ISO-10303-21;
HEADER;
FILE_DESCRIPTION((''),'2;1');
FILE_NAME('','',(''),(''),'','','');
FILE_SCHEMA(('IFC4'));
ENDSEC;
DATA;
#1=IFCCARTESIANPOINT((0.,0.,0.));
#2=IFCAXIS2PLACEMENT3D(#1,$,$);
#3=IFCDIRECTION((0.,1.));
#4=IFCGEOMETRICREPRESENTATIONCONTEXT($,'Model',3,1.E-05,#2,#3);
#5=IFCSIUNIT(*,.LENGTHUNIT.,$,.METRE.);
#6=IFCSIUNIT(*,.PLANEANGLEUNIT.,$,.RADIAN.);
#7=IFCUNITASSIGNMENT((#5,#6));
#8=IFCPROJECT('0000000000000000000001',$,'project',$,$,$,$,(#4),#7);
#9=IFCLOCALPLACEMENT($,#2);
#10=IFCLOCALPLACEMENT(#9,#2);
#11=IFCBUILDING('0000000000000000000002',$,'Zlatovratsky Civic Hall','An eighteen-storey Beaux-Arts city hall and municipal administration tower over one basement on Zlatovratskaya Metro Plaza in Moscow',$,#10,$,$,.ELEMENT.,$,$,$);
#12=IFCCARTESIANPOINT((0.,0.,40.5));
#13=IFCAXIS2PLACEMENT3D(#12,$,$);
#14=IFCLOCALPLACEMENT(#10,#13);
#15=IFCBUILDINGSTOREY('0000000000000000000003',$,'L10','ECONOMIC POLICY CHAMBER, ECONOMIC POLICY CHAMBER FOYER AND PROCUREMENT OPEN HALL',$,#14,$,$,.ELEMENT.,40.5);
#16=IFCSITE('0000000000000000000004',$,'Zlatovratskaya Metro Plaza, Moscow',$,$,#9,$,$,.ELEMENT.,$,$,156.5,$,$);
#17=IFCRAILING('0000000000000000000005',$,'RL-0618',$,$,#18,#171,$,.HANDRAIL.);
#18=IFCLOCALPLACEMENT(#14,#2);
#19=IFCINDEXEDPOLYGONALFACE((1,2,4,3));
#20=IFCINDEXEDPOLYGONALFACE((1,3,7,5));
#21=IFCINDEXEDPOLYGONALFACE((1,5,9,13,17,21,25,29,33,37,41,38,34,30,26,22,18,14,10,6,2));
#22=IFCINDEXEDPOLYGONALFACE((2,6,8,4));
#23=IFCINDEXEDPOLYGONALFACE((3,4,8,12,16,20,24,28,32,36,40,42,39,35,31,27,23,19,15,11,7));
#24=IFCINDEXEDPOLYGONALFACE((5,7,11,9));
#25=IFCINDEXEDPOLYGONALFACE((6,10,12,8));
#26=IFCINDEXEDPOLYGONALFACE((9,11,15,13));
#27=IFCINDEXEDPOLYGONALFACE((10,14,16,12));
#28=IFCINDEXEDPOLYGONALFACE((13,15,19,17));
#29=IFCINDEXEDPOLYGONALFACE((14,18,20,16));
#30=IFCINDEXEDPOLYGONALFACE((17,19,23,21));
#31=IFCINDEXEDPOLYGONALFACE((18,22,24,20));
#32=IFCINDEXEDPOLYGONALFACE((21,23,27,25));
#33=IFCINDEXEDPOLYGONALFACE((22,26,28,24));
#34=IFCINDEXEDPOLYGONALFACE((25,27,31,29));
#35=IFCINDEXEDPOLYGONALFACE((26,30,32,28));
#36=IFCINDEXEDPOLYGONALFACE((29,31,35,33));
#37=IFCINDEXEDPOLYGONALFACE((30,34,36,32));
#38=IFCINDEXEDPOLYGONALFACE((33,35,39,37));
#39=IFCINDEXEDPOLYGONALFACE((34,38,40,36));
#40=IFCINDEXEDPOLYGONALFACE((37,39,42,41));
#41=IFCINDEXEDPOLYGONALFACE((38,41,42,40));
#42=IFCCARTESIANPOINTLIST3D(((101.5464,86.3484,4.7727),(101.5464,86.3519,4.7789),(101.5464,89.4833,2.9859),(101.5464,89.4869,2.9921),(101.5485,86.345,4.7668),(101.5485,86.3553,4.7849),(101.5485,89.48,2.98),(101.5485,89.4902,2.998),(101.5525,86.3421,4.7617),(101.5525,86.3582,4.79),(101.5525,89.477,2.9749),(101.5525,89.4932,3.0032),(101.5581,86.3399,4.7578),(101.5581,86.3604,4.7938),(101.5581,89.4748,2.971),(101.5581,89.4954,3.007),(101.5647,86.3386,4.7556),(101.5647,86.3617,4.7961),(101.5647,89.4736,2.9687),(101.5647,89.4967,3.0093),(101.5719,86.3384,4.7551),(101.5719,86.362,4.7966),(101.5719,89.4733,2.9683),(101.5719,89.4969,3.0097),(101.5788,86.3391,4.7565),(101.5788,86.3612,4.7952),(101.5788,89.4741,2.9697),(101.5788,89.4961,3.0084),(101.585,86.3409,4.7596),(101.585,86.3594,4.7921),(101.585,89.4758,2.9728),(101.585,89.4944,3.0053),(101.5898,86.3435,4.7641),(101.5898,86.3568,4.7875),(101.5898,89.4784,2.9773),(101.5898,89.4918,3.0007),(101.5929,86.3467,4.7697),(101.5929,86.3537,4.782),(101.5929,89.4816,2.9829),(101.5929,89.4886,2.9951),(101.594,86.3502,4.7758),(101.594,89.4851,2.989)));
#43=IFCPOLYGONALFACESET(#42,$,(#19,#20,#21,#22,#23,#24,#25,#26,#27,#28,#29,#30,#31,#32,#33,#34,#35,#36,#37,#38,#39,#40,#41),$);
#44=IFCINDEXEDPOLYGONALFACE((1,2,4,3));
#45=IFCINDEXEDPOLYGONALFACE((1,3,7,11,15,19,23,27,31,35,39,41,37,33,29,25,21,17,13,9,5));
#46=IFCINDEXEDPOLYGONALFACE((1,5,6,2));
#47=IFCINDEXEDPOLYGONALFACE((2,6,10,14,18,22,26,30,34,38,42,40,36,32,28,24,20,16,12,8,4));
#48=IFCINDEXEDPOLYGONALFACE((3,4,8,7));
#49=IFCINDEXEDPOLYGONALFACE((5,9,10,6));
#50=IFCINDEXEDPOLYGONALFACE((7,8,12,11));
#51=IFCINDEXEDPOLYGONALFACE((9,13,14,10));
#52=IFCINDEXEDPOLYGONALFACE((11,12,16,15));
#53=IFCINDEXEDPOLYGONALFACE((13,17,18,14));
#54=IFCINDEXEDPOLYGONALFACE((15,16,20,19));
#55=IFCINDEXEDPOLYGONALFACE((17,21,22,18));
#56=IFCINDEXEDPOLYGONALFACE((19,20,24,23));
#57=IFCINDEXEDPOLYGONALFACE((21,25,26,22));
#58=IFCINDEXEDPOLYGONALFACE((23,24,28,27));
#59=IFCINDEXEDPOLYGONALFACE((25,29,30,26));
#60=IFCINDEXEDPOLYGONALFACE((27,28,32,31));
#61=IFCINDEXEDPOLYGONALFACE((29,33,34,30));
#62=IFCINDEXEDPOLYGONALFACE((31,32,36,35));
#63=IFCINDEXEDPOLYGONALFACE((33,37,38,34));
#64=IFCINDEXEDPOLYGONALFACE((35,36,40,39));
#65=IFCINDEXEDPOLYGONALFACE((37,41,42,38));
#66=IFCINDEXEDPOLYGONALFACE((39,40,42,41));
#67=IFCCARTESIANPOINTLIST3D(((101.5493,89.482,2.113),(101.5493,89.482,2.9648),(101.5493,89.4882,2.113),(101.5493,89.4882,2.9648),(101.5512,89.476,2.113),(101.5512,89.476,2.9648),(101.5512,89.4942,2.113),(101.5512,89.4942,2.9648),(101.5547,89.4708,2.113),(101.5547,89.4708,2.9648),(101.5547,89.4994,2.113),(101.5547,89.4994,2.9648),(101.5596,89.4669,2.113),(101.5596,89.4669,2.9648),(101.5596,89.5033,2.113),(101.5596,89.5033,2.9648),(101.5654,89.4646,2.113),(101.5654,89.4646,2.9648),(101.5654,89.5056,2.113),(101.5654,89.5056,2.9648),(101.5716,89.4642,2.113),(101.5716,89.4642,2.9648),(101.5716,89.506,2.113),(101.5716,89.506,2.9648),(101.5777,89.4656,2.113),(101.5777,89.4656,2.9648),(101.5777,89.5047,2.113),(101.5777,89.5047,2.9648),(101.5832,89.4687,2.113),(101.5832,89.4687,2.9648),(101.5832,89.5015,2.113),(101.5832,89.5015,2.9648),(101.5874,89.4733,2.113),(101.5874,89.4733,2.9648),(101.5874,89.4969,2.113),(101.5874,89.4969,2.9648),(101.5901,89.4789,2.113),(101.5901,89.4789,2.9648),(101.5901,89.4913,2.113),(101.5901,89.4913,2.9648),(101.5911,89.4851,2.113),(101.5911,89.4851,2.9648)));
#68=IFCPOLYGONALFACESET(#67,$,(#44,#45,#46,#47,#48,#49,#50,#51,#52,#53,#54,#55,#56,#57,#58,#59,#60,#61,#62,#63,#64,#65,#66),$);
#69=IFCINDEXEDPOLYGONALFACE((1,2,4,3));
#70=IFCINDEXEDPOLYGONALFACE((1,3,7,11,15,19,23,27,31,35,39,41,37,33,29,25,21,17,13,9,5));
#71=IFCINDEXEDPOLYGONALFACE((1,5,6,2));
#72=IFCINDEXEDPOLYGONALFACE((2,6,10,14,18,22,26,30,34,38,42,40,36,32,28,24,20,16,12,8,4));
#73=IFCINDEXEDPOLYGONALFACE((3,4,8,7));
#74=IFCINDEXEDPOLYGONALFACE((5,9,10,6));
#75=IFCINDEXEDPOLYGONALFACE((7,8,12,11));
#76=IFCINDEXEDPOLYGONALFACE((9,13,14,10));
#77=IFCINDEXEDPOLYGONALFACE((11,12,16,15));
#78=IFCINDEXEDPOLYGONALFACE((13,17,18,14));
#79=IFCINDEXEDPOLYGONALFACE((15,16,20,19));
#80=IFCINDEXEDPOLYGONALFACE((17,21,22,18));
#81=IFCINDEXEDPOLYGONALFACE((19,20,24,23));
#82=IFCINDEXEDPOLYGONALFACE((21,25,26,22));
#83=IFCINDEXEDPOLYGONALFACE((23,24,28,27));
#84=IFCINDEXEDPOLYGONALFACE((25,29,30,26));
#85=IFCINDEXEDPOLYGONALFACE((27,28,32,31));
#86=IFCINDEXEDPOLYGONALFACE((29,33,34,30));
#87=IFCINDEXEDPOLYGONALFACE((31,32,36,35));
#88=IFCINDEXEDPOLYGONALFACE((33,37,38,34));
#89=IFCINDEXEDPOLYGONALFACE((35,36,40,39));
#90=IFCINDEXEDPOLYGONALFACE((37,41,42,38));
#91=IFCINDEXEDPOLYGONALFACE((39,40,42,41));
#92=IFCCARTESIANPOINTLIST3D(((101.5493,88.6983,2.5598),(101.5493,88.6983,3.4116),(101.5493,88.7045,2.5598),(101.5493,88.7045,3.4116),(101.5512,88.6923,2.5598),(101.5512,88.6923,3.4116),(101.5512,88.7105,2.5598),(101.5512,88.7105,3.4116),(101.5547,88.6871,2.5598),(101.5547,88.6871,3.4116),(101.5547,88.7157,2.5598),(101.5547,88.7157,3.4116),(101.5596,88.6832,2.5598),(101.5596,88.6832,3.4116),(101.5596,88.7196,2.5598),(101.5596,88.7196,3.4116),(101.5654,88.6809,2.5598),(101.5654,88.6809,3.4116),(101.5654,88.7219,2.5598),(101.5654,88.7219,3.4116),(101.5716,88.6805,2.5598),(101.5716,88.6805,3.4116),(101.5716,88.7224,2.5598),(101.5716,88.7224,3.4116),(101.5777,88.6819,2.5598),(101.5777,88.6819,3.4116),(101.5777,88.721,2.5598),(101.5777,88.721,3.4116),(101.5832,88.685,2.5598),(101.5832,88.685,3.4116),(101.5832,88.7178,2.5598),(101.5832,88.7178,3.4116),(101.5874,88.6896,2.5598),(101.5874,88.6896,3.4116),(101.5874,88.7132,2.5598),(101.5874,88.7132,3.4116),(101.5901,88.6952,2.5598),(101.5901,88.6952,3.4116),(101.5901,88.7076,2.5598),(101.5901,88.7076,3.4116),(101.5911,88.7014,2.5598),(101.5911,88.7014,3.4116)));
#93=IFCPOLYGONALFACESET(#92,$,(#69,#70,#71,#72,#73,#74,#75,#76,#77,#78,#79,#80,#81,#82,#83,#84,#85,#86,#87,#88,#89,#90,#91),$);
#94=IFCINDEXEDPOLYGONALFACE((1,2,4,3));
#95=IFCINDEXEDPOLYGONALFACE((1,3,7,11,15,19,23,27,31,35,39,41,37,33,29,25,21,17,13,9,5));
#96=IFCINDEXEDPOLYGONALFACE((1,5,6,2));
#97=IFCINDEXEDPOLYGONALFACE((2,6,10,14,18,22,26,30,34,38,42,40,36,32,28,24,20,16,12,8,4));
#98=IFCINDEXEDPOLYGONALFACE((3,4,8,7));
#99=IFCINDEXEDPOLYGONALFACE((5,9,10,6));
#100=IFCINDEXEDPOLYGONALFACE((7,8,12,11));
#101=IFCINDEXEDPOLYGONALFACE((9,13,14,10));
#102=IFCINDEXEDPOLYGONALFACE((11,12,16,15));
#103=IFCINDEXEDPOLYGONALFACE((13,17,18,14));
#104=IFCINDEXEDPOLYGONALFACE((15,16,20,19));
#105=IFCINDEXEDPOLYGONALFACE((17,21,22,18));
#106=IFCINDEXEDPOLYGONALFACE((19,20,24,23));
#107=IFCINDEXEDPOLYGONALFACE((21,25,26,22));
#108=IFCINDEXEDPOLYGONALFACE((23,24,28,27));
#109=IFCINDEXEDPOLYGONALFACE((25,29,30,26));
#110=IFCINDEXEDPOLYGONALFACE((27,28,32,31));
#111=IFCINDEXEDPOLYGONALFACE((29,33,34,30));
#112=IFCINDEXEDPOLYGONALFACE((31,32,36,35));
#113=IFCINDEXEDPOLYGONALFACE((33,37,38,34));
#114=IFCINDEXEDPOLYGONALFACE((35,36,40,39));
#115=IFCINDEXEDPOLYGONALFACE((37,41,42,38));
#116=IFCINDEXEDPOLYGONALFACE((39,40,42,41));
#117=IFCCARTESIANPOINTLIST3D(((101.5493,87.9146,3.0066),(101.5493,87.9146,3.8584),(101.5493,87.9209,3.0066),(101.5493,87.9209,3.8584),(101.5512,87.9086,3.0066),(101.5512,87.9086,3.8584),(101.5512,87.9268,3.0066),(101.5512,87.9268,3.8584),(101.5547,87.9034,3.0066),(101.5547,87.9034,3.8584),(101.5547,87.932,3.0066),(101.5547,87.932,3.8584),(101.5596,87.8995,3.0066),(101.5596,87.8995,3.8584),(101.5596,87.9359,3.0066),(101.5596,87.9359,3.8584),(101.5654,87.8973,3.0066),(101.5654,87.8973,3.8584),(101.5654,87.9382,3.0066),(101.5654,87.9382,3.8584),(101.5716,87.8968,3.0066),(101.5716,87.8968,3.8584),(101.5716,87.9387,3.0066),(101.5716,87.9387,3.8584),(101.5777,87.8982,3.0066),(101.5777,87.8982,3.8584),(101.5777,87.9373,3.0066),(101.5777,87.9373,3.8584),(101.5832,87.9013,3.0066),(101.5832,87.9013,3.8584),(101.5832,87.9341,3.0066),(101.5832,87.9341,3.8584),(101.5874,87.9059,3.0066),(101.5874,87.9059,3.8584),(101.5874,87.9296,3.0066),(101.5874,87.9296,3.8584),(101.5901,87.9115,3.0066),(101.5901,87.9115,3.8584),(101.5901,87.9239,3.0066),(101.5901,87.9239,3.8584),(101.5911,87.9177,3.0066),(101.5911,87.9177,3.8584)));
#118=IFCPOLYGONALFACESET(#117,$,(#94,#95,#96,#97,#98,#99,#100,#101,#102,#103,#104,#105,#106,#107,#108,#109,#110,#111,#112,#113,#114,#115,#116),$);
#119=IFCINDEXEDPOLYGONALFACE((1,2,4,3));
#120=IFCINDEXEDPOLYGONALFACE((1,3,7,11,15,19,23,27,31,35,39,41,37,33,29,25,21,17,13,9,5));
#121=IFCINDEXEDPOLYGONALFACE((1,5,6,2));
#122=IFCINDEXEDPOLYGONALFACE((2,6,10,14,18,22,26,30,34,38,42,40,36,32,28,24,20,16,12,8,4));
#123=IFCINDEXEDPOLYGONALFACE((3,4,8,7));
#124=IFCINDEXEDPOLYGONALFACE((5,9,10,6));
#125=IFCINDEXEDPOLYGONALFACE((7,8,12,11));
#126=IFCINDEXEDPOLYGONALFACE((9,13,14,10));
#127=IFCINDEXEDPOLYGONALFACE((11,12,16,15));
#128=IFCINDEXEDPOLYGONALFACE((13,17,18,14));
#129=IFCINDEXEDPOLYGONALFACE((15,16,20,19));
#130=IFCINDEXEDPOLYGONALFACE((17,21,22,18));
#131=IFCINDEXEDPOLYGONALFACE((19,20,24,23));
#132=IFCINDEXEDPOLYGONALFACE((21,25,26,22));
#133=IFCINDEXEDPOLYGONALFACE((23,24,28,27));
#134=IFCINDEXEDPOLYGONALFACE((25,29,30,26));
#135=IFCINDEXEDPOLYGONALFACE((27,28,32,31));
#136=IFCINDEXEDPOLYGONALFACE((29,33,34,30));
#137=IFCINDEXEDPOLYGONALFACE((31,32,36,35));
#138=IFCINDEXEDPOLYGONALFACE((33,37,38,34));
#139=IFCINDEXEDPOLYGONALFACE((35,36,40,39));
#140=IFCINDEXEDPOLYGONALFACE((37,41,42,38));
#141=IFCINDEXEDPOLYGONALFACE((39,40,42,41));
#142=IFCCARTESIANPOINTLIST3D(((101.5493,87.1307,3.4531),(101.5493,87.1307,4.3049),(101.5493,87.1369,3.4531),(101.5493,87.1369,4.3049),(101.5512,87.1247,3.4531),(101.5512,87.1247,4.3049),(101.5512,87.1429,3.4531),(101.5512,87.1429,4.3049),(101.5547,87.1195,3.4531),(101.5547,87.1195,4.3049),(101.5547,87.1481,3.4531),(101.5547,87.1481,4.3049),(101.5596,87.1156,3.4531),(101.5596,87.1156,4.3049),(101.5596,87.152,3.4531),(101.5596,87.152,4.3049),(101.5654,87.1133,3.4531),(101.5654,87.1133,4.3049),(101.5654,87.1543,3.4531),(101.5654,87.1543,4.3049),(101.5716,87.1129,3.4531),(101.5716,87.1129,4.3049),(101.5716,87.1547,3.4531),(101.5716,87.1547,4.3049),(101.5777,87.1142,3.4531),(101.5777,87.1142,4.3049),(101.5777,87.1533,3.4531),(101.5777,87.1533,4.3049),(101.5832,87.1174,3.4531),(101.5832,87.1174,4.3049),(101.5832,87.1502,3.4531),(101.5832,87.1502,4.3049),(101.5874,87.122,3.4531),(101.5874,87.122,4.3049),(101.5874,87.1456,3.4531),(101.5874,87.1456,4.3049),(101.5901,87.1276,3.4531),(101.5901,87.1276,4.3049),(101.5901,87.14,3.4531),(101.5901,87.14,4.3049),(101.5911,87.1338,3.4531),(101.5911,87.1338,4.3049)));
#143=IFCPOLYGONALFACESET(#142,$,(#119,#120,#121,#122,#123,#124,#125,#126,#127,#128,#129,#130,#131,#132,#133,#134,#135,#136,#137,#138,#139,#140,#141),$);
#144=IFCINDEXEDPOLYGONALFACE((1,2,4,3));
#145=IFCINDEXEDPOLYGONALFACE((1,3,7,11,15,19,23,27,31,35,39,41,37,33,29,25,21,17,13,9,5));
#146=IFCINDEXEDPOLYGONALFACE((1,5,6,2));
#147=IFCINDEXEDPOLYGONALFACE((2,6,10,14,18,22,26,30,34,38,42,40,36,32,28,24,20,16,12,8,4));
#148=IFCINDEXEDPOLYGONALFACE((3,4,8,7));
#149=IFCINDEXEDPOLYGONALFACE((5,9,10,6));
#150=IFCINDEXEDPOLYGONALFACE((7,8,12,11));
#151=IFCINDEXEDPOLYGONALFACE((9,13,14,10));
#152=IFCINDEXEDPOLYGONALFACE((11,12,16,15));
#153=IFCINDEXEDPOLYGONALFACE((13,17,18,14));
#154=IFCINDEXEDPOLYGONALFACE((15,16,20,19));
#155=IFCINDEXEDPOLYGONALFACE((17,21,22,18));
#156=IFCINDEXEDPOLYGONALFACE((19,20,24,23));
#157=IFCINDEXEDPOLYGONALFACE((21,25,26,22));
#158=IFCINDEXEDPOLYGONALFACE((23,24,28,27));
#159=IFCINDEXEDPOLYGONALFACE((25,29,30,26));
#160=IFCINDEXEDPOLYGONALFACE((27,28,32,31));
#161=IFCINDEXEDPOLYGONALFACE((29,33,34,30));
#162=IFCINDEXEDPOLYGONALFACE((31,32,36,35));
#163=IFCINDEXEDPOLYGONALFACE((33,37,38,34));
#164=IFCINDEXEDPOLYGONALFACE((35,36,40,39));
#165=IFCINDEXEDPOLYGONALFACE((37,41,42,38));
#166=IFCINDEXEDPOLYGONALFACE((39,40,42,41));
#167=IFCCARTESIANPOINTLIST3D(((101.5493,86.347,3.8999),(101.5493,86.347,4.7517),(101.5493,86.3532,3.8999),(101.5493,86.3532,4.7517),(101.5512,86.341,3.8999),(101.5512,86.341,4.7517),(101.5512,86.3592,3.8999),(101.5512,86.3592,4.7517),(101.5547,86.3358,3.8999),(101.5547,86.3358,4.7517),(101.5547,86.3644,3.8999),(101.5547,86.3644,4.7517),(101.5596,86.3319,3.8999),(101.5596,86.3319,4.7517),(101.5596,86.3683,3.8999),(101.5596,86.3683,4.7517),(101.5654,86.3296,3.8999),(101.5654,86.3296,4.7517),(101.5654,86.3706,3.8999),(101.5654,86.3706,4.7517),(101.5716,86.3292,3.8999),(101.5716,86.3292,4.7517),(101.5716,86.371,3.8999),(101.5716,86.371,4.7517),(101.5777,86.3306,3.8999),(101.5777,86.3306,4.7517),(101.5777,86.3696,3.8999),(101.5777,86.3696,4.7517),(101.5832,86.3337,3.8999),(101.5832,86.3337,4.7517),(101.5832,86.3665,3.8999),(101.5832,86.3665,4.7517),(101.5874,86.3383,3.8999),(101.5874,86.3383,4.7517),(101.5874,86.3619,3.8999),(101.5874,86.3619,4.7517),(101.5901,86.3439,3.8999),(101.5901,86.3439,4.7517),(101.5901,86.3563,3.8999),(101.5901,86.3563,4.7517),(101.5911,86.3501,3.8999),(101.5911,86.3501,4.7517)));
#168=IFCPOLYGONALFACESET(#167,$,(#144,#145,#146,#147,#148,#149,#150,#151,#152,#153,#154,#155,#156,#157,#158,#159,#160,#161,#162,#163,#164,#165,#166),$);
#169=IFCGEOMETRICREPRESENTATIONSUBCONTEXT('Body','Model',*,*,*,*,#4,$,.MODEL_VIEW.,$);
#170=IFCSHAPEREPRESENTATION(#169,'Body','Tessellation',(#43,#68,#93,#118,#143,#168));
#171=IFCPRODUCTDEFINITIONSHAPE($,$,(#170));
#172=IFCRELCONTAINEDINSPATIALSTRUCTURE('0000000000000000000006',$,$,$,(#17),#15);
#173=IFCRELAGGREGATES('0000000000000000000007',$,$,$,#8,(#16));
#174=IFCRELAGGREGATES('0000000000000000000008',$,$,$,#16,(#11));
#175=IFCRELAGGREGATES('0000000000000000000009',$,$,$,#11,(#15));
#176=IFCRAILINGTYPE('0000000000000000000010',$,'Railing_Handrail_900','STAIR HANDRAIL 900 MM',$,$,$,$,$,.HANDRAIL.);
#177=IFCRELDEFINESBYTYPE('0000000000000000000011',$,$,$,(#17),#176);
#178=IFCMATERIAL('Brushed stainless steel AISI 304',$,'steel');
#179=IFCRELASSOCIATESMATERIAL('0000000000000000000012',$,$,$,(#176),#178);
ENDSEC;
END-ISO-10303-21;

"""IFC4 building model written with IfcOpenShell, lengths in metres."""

from ifc_helpers import new_model, si_unit, direction, frame, origin, origin_2d, place, context, subcontext, project, spatial, circle, extrude, material, type_object, element, save


model = new_model("IFC4")

# Units and contexts
model_context = context("Model", 3, precision=1e-05, world=origin(), true_north=direction((0.0, 1.0)))
body_context = subcontext(model_context, "Body", "Model", "MODEL_VIEW")
ifc_project = project(units=[si_unit("LENGTHUNIT", "METRE"), si_unit("PLANEANGLEUNIT", "RADIAN")], contexts=[model_context])

# Site, building, storey
site_placement = place(None, origin())
site = spatial("IfcSite", under=ifc_project, at=site_placement, Name="Zlatovratskaya Metro Plaza, Moscow", CompositionType="ELEMENT", RefElevation=156.5)
building_placement = place(site_placement, origin())
building = spatial("IfcBuilding", under=site, at=building_placement, Name="Zlatovratsky Civic Hall", Description="An eighteen-storey Beaux-Arts city hall and municipal administration tower over one basement on Zlatovratskaya Metro Plaza in Moscow", CompositionType="ELEMENT")
storey_placement = place(building_placement, frame((0.0, 0.0, 40.5)))
storey = spatial("IfcBuildingStorey", under=building, at=storey_placement, Name="L10", Description="ECONOMIC POLICY CHAMBER, ECONOMIC POLICY CHAMBER FOYER AND PROCUREMENT OPEN HALL", CompositionType="ELEMENT", Elevation=40.5)

# Railing
ifc_material_1 = material(Name="Brushed stainless steel AISI 304", Category="steel")
railing_type = type_object("IfcRailingType", Name="Railing_Handrail_900", Description="STAIR HANDRAIL 900 MM", PredefinedType="HANDRAIL", material=ifc_material_1)
railing_placement = place(storey_placement, frame((101.5701, 89.4851, 2.113)))
element("IfcRailing", 1, at=railing_placement, inside=storey, type_object=railing_type, Name="RL-0618", PredefinedType="HANDRAIL", context=body_context, shape_type="SweptSolid", body=[
    extrude(circle(Radius=0.0239, at=origin_2d()), frame((0.0, 0.0, 0.876), z_axis=(0.0, -0.868788, 0.495184), x_axis=(1.0, 0.0, 0.0)), (0.0, 0.0, 1.0), 3.6084),
    extrude(circle(Radius=0.021, at=origin_2d()), origin(), (0.0, 0.0, 1.0), 0.8518),
    extrude(circle(Radius=0.021, at=origin_2d()), frame((0.0, -0.7837, 0.4468)), (0.0, 0.0, 1.0), 0.8518),
    extrude(circle(Radius=0.021, at=origin_2d()), frame((0.0, -1.5674, 0.8936)), (0.0, 0.0, 1.0), 0.8518),
    extrude(circle(Radius=0.021, at=origin_2d()), frame((0.0, -2.3513, 1.3401)), (0.0, 0.0, 1.0), 0.8518),
    extrude(circle(Radius=0.021, at=origin_2d()), frame((0.0, -3.135, 1.7869)), (0.0, 0.0, 1.0), 0.8518),
])

save(model, "model.ifc")
